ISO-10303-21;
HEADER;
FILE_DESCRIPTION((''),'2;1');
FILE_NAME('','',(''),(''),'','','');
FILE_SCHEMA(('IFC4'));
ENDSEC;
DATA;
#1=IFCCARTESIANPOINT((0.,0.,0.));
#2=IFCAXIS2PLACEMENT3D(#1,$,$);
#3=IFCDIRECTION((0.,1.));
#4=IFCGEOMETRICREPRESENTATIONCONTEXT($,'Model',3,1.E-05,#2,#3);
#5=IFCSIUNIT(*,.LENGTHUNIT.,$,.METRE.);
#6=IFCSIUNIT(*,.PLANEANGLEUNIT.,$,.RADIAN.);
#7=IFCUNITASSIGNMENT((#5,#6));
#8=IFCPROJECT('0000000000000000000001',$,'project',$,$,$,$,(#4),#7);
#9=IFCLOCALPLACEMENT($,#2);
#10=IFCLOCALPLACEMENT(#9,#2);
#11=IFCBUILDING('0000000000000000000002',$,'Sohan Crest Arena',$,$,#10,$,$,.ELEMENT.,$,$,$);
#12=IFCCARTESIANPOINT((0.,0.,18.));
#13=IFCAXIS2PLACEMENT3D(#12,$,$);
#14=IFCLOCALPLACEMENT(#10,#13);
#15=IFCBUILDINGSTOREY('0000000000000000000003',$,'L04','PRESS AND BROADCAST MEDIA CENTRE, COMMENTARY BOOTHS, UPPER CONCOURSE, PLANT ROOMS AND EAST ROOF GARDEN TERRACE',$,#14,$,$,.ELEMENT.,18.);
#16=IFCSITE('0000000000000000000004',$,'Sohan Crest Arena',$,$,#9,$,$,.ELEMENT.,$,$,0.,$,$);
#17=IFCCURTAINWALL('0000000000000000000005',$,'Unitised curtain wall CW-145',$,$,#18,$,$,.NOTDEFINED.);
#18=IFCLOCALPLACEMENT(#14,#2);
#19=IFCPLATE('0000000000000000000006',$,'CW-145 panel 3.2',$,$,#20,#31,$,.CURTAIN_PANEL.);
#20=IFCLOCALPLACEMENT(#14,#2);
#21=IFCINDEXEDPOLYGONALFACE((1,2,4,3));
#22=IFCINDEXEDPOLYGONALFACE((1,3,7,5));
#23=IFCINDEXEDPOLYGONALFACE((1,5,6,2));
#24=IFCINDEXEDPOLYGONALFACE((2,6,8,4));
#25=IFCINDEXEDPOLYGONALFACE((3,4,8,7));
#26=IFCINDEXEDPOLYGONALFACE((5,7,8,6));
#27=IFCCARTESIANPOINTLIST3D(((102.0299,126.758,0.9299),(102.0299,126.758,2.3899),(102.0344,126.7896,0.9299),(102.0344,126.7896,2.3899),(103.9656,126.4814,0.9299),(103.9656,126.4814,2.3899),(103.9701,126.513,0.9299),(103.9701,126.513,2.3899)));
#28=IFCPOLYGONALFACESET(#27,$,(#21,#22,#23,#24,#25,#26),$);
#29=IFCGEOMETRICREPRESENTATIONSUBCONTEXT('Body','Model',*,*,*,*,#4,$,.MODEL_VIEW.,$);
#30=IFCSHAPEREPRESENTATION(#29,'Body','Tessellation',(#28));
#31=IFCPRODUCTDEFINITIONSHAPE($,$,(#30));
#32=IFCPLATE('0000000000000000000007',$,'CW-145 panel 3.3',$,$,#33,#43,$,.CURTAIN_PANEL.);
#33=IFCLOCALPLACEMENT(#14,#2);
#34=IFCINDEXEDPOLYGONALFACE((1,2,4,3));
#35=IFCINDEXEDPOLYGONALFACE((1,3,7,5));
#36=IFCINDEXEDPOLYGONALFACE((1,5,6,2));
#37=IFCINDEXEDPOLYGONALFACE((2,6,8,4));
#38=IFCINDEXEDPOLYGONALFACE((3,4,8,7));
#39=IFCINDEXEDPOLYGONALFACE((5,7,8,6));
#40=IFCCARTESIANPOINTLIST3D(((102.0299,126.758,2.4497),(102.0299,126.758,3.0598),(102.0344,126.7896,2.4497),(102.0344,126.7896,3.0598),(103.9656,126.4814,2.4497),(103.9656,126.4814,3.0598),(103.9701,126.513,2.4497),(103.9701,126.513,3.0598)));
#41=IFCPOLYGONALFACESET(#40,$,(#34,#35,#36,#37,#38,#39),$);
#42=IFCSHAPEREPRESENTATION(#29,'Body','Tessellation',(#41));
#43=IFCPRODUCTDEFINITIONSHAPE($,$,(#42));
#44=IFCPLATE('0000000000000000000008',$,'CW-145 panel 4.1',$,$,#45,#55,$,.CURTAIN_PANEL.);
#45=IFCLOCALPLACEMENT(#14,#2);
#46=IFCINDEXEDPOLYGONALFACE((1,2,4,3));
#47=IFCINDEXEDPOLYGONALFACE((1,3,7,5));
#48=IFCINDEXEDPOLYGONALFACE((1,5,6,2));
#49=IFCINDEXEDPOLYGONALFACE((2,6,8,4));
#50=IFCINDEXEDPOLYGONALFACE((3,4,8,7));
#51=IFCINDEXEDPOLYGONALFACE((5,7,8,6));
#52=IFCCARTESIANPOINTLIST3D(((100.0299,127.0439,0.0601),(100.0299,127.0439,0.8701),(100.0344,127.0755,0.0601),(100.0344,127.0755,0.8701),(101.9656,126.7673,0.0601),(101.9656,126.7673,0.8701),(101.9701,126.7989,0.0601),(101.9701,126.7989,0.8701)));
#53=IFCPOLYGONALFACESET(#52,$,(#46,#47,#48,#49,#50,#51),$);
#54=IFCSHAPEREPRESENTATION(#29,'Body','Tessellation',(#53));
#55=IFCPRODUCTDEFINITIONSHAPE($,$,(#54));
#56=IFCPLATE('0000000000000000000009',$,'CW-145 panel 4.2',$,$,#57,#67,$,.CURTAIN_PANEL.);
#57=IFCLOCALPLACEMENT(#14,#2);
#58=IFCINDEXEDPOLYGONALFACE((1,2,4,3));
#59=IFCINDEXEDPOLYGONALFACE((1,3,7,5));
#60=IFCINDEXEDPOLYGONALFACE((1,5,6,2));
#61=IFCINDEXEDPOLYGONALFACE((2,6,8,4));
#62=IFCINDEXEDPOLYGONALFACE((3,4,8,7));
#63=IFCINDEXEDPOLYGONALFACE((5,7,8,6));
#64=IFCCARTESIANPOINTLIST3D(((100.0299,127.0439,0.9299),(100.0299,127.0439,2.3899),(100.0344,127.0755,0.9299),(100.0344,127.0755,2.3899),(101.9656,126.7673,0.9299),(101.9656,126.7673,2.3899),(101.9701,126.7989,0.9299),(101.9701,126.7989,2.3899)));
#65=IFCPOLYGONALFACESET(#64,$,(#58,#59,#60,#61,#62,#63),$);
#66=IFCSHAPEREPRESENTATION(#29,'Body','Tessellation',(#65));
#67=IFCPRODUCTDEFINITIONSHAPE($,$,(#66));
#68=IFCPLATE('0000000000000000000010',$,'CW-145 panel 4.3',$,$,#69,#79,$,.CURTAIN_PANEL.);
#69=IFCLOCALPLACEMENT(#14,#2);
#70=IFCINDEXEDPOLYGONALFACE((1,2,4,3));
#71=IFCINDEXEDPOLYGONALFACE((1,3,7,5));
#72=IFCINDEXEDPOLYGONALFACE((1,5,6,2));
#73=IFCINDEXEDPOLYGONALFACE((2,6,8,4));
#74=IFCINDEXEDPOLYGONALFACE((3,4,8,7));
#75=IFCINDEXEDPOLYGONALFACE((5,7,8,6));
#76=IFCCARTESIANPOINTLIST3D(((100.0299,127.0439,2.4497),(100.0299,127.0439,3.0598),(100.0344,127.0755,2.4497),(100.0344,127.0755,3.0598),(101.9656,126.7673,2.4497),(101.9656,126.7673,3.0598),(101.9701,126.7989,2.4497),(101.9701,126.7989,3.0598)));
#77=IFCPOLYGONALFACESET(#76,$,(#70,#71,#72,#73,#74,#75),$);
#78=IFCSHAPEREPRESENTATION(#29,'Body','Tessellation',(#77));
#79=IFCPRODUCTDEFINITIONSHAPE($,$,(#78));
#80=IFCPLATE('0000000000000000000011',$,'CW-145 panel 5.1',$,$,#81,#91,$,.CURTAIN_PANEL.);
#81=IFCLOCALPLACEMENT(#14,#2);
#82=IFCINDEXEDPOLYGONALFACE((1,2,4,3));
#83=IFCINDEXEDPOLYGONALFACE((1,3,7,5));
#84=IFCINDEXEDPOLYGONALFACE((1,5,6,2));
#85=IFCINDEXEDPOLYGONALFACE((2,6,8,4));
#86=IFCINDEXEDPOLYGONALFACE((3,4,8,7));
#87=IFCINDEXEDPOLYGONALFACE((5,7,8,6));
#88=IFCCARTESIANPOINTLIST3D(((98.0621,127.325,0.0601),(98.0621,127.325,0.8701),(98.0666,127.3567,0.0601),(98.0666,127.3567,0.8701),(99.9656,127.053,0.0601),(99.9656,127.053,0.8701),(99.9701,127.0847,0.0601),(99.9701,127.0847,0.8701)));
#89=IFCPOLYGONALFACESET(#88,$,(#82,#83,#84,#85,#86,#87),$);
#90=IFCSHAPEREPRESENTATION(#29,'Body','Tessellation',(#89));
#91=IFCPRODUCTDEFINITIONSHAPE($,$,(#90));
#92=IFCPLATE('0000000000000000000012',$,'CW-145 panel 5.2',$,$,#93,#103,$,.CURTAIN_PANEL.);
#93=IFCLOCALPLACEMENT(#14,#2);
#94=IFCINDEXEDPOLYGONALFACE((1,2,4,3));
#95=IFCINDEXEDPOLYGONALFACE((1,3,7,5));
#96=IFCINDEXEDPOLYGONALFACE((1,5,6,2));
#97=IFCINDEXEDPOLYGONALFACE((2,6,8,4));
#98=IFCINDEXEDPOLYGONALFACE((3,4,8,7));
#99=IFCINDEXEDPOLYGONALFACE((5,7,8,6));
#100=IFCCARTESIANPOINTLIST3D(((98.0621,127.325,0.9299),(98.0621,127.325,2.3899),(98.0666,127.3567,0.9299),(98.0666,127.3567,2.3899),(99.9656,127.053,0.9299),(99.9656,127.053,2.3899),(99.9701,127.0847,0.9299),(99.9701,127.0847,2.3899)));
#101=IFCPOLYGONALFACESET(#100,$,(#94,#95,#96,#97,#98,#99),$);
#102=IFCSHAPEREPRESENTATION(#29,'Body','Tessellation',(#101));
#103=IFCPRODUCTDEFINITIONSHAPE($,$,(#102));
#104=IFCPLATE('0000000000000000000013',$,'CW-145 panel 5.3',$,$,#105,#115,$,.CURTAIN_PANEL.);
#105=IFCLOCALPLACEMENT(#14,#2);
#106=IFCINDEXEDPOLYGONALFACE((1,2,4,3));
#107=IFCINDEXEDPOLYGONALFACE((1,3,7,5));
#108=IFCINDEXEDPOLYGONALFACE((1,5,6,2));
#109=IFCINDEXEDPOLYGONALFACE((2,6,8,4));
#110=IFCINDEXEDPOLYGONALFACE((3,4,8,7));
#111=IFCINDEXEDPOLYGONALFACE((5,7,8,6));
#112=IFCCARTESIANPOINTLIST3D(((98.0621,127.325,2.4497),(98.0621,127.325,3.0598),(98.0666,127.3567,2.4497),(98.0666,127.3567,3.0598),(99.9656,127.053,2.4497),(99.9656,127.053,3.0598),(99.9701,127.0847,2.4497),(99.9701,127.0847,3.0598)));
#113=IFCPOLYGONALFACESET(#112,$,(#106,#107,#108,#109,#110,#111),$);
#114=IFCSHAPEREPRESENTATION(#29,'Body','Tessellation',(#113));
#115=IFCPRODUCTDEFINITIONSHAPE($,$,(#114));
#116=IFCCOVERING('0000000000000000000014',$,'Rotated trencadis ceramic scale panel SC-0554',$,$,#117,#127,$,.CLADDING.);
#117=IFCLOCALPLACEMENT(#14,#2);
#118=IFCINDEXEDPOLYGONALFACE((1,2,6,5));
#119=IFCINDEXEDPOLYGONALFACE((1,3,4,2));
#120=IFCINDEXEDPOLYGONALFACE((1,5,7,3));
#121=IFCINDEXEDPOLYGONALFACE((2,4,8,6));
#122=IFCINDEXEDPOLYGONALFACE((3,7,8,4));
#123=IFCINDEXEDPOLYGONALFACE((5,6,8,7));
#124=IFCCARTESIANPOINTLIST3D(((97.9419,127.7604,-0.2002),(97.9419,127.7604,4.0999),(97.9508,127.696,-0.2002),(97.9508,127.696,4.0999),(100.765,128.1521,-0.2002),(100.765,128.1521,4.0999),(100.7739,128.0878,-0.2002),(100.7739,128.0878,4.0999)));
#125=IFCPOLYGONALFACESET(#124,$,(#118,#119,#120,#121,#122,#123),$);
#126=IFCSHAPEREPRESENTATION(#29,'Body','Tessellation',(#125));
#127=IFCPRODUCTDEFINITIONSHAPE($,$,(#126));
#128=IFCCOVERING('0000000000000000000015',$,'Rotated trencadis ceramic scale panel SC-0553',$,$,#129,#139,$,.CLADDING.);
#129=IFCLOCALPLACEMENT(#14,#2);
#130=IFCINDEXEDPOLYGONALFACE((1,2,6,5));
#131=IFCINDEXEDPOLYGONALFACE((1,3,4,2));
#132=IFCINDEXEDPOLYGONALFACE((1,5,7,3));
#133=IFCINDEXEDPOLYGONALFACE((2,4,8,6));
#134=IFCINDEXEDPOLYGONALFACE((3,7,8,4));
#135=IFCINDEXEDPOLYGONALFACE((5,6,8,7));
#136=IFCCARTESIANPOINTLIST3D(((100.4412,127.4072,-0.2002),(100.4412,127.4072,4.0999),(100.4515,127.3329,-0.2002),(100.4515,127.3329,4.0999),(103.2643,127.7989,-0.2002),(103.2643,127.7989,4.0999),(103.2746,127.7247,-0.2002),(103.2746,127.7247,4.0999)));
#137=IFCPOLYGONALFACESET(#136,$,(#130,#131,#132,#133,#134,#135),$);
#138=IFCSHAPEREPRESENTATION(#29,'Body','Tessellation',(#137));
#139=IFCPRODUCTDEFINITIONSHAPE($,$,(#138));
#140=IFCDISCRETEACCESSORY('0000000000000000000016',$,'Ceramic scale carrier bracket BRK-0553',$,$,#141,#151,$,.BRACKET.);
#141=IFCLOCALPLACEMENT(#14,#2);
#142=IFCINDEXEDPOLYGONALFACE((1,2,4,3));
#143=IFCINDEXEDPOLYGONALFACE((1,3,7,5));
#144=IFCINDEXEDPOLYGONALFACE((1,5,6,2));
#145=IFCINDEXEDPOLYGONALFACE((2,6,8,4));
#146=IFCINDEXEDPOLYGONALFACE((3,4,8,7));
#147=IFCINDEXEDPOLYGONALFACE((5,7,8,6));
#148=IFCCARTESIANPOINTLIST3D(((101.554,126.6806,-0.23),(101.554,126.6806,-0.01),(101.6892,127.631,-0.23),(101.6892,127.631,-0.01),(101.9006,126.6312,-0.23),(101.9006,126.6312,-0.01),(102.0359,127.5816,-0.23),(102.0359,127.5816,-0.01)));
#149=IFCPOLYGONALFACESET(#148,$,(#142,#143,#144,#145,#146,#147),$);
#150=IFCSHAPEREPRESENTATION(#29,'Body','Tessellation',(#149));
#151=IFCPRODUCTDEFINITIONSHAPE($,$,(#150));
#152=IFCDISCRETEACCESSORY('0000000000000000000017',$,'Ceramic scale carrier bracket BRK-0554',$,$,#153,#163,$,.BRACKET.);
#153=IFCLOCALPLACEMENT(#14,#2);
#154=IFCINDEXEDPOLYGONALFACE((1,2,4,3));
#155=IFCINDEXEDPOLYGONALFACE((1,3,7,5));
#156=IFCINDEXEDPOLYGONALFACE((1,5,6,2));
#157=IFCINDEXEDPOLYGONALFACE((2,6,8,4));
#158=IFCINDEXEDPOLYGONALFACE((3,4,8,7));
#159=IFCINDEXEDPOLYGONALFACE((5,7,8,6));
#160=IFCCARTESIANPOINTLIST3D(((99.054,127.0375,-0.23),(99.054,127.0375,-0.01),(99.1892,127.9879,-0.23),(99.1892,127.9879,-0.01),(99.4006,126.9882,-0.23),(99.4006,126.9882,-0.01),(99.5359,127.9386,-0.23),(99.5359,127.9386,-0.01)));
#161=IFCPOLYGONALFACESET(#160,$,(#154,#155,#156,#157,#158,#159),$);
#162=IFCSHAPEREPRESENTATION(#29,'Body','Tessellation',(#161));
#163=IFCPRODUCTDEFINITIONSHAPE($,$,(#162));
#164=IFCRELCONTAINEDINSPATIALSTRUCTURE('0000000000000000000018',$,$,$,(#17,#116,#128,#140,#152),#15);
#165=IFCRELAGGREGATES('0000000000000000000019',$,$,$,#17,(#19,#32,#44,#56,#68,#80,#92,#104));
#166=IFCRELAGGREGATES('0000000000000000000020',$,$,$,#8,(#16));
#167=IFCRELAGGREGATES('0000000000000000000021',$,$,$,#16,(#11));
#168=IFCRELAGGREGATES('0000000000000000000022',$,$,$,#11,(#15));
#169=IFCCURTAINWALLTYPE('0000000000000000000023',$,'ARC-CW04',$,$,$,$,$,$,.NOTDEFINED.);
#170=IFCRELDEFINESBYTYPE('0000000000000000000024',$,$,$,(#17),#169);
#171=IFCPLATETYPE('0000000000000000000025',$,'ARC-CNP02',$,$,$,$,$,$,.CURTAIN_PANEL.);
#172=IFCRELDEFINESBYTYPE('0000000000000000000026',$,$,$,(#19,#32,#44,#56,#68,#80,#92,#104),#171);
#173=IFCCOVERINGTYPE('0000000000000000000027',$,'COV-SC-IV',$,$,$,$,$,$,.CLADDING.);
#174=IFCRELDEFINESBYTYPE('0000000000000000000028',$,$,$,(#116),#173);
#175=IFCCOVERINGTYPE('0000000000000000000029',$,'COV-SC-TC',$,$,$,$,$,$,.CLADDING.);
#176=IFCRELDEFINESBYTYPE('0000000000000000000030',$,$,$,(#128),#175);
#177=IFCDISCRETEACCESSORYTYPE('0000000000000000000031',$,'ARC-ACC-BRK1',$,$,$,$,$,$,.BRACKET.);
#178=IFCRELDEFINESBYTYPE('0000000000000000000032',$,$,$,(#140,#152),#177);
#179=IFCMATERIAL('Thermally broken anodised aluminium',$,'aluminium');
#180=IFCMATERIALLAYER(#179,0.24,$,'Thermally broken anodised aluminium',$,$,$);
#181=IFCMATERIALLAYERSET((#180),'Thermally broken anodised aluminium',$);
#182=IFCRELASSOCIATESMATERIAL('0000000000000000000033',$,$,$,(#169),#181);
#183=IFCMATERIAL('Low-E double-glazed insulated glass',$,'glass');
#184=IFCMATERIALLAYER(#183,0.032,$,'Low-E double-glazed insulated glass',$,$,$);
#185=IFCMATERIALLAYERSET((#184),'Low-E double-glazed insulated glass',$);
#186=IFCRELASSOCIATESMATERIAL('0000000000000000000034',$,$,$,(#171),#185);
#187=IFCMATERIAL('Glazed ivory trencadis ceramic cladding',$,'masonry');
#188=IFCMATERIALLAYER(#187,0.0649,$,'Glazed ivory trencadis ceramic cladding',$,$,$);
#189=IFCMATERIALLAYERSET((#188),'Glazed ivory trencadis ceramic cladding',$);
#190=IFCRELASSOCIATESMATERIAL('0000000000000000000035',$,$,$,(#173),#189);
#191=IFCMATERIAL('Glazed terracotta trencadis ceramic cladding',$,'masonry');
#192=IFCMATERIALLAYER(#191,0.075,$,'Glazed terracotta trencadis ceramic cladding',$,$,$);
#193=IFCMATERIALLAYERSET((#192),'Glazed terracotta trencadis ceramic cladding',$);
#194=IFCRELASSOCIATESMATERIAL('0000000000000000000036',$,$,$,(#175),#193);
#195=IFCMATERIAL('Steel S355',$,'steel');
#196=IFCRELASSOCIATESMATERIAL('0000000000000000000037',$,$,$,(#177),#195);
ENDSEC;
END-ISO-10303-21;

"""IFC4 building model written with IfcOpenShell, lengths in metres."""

from ifc_helpers import new_model, si_unit, direction, frame, origin, origin_2d, place, context, subcontext, project, spatial, rectangle, extrude, material, layer, layer_set, type_object, element, aggregate, save


model = new_model("IFC4")

# Units and contexts
model_context = context("Model", 3, precision=1e-05, world=origin(), true_north=direction((0.0, 1.0)))
body_context = subcontext(model_context, "Body", "Model", "MODEL_VIEW")
ifc_project = project(units=[si_unit("LENGTHUNIT", "METRE"), si_unit("PLANEANGLEUNIT", "RADIAN")], contexts=[model_context])

# Site, building, storey
site_placement = place(None, origin())
site = spatial("IfcSite", under=ifc_project, at=site_placement, Name="Sohan Crest Arena", CompositionType="ELEMENT", RefElevation=0.0)
building_placement = place(site_placement, origin())
building = spatial("IfcBuilding", under=site, at=building_placement, Name="Sohan Crest Arena", CompositionType="ELEMENT")
storey_placement = place(building_placement, frame((0.0, 0.0, 18.0)))
storey = spatial("IfcBuildingStorey", under=building, at=storey_placement, Name="L04", Description="PRESS AND BROADCAST MEDIA CENTRE, COMMENTARY BOOTHS, UPPER CONCOURSE, PLANT ROOMS AND EAST ROOF GARDEN TERRACE", CompositionType="ELEMENT", Elevation=18.0)

# Curtain wall, plates
ifc_material_1 = material(Name="Thermally broken anodised aluminium", Category="aluminium")
ifc_layer_1 = layer(ifc_material_1, 0.24, Name="Thermally broken anodised aluminium")
ifc_layer_set_1 = layer_set([ifc_layer_1], Name="Thermally broken anodised aluminium")
curtain_wall_type = type_object("IfcCurtainWallType", Name="ARC-CW04", PredefinedType="NOTDEFINED", material=ifc_layer_set_1)
curtain_wall_placement = place(storey_placement, origin())
curtain_wall = element("IfcCurtainWall", 1, at=curtain_wall_placement, inside=storey, type_object=curtain_wall_type, Name="Unitised curtain wall CW-145", PredefinedType="NOTDEFINED")
ifc_material_2 = material(Name="Low-E double-glazed insulated glass", Category="glass")
ifc_layer_2 = layer(ifc_material_2, 0.032, Name="Low-E double-glazed insulated glass")
ifc_layer_set_2 = layer_set([ifc_layer_2], Name="Low-E double-glazed insulated glass")
plate_type = type_object("IfcPlateType", Name="ARC-CNP02", PredefinedType="CURTAIN_PANEL", material=ifc_layer_set_2)
plate_1_placement = place(storey_placement, frame((103.0, 126.6355, 0.9299), z_axis=(0.0, 0.0, 1.0), x_axis=(-0.989944, 0.141463, 0.0)))
plate_1 = element("IfcPlate", 2, at=plate_1_placement, type_object=plate_type, Name="CW-145 panel 3.2", PredefinedType="CURTAIN_PANEL", context=body_context, shape_type="SweptSolid", body=[
    extrude(rectangle(XDim=1.9553, YDim=0.032, at=origin_2d()), origin(), (0.0, 0.0, 1.0), 1.46),
])
plate_2_placement = place(storey_placement, frame((103.0, 126.6355, 2.4497), z_axis=(0.0, 0.0, 1.0), x_axis=(-0.989944, 0.141463, 0.0)))
plate_2 = element("IfcPlate", 3, at=plate_2_placement, type_object=plate_type, Name="CW-145 panel 3.3", PredefinedType="CURTAIN_PANEL", context=body_context, shape_type="SweptSolid", body=[
    extrude(rectangle(XDim=1.9553, YDim=0.032, at=origin_2d()), origin(), (0.0, 0.0, 1.0), 0.6101),
])
plate_3_placement = place(storey_placement, frame((101.0, 126.9214, 0.0601), z_axis=(0.0, 0.0, 1.0), x_axis=(-0.989944, 0.141463, 0.0)))
plate_3 = element("IfcPlate", 4, at=plate_3_placement, type_object=plate_type, Name="CW-145 panel 4.1", PredefinedType="CURTAIN_PANEL", context=body_context, shape_type="SweptSolid", body=[
    extrude(rectangle(XDim=1.9553, YDim=0.032, at=origin_2d()), origin(), (0.0, 0.0, 1.0), 0.8101),
])
plate_4_placement = place(storey_placement, frame((101.0, 126.9214, 0.9299), z_axis=(0.0, 0.0, 1.0), x_axis=(-0.989944, 0.141463, 0.0)))
plate_4 = element("IfcPlate", 5, at=plate_4_placement, type_object=plate_type, Name="CW-145 panel 4.2", PredefinedType="CURTAIN_PANEL", context=body_context, shape_type="SweptSolid", body=[
    extrude(rectangle(XDim=1.9553, YDim=0.032, at=origin_2d()), origin(), (0.0, 0.0, 1.0), 1.46),
])
plate_5_placement = place(storey_placement, frame((101.0, 126.9214, 2.4497), z_axis=(0.0, 0.0, 1.0), x_axis=(-0.989944, 0.141463, 0.0)))
plate_5 = element("IfcPlate", 6, at=plate_5_placement, type_object=plate_type, Name="CW-145 panel 4.3", PredefinedType="CURTAIN_PANEL", context=body_context, shape_type="SweptSolid", body=[
    extrude(rectangle(XDim=1.9553, YDim=0.032, at=origin_2d()), origin(), (0.0, 0.0, 1.0), 0.6101),
])
plate_6_placement = place(storey_placement, frame((99.0161, 127.2048, 0.0601), z_axis=(0.0, 0.0, 1.0), x_axis=(-0.989944, 0.141463, 0.0)))
plate_6 = element("IfcPlate", 7, at=plate_6_placement, type_object=plate_type, Name="CW-145 panel 5.1", PredefinedType="CURTAIN_PANEL", context=body_context, shape_type="SweptSolid", body=[
    extrude(rectangle(XDim=1.9229, YDim=0.032, at=origin_2d()), origin(), (0.0, 0.0, 1.0), 0.8101),
])
plate_7_placement = place(storey_placement, frame((99.0161, 127.2048, 0.9299), z_axis=(0.0, 0.0, 1.0), x_axis=(-0.989944, 0.141463, 0.0)))
plate_7 = element("IfcPlate", 8, at=plate_7_placement, type_object=plate_type, Name="CW-145 panel 5.2", PredefinedType="CURTAIN_PANEL", context=body_context, shape_type="SweptSolid", body=[
    extrude(rectangle(XDim=1.9229, YDim=0.032, at=origin_2d()), origin(), (0.0, 0.0, 1.0), 1.46),
])
plate_8_placement = place(storey_placement, frame((99.0161, 127.2048, 2.4497), z_axis=(0.0, 0.0, 1.0), x_axis=(-0.989944, 0.141463, 0.0)))
plate_8 = element("IfcPlate", 9, at=plate_8_placement, type_object=plate_type, Name="CW-145 panel 5.3", PredefinedType="CURTAIN_PANEL", context=body_context, shape_type="SweptSolid", body=[
    extrude(rectangle(XDim=1.9229, YDim=0.032, at=origin_2d()), origin(), (0.0, 0.0, 1.0), 0.6101),
])
aggregate(curtain_wall, [plate_1, plate_2, plate_3, plate_4, plate_5, plate_6, plate_7, plate_8])

# Coverings
ifc_material_3 = material(Name="Glazed ivory trencadis ceramic cladding", Category="masonry")
ifc_layer_3 = layer(ifc_material_3, 0.0649, Name="Glazed ivory trencadis ceramic cladding")
ifc_layer_set_3 = layer_set([ifc_layer_3], Name="Glazed ivory trencadis ceramic cladding")
covering_type_1 = type_object("IfcCoveringType", Name="COV-SC-IV", PredefinedType="CLADDING", material=ifc_layer_set_3)
covering_1_placement = place(storey_placement, frame((99.3579, 127.9241, -0.2002), z_axis=(0.0, 0.0, 1.0), x_axis=(-0.990509, -0.137445, 0.0)))
element("IfcCovering", 10, at=covering_1_placement, inside=storey, type_object=covering_type_1, Name="Rotated trencadis ceramic scale panel SC-0554", PredefinedType="CLADDING", context=body_context, shape_type="SweptSolid", body=[
    extrude(rectangle(XDim=2.8501, YDim=0.0649, at=origin_2d()), origin(), (0.0, 0.0, 1.0), 4.3),
])
ifc_material_4 = material(Name="Glazed terracotta trencadis ceramic cladding", Category="masonry")
ifc_layer_4 = layer(ifc_material_4, 0.075, Name="Glazed terracotta trencadis ceramic cladding")
ifc_layer_set_4 = layer_set([ifc_layer_4], Name="Glazed terracotta trencadis ceramic cladding")
covering_type_2 = type_object("IfcCoveringType", Name="COV-SC-TC", PredefinedType="CLADDING", material=ifc_layer_set_4)
covering_2_placement = place(storey_placement, frame((101.8579, 127.5659, -0.2002), z_axis=(0.0, 0.0, 1.0), x_axis=(-0.990509, -0.137445, 0.0)))
element("IfcCovering", 11, at=covering_2_placement, inside=storey, type_object=covering_type_2, Name="Rotated trencadis ceramic scale panel SC-0553", PredefinedType="CLADDING", context=body_context, shape_type="SweptSolid", body=[
    extrude(rectangle(XDim=2.8501, YDim=0.075, at=origin_2d()), origin(), (0.0, 0.0, 1.0), 4.3),
])

# Discrete accessories
ifc_material_5 = material(Name="Steel S355", Category="steel")
discrete_accessory_type = type_object("IfcDiscreteAccessoryType", Name="ARC-ACC-BRK1", PredefinedType="BRACKET", material=ifc_material_5)
for number, where, z_axis, x_axis, name in (
    (12, (101.7949, 127.1311, -0.23), (0.0, 0.0, 1.0), (-0.990024, 0.140901, 0.0), "Ceramic scale carrier bracket BRK-0553"),
    (13, (99.2949, 127.488, -0.23), (0.0, 0.0, 1.0), (-0.990024, 0.140901, 0.0), "Ceramic scale carrier bracket BRK-0554"),
):
    element("IfcDiscreteAccessory", number, at=place(storey_placement, frame(where, z_axis=z_axis, x_axis=x_axis)), inside=storey, type_object=discrete_accessory_type, Name=name, PredefinedType="BRACKET", context=body_context, shape_type="SweptSolid", body=[
        extrude(rectangle(XDim=0.3501, YDim=0.96, at=origin_2d()), origin(), (0.0, 0.0, 1.0), 0.22),
    ])

save(model, "model.ifc")
